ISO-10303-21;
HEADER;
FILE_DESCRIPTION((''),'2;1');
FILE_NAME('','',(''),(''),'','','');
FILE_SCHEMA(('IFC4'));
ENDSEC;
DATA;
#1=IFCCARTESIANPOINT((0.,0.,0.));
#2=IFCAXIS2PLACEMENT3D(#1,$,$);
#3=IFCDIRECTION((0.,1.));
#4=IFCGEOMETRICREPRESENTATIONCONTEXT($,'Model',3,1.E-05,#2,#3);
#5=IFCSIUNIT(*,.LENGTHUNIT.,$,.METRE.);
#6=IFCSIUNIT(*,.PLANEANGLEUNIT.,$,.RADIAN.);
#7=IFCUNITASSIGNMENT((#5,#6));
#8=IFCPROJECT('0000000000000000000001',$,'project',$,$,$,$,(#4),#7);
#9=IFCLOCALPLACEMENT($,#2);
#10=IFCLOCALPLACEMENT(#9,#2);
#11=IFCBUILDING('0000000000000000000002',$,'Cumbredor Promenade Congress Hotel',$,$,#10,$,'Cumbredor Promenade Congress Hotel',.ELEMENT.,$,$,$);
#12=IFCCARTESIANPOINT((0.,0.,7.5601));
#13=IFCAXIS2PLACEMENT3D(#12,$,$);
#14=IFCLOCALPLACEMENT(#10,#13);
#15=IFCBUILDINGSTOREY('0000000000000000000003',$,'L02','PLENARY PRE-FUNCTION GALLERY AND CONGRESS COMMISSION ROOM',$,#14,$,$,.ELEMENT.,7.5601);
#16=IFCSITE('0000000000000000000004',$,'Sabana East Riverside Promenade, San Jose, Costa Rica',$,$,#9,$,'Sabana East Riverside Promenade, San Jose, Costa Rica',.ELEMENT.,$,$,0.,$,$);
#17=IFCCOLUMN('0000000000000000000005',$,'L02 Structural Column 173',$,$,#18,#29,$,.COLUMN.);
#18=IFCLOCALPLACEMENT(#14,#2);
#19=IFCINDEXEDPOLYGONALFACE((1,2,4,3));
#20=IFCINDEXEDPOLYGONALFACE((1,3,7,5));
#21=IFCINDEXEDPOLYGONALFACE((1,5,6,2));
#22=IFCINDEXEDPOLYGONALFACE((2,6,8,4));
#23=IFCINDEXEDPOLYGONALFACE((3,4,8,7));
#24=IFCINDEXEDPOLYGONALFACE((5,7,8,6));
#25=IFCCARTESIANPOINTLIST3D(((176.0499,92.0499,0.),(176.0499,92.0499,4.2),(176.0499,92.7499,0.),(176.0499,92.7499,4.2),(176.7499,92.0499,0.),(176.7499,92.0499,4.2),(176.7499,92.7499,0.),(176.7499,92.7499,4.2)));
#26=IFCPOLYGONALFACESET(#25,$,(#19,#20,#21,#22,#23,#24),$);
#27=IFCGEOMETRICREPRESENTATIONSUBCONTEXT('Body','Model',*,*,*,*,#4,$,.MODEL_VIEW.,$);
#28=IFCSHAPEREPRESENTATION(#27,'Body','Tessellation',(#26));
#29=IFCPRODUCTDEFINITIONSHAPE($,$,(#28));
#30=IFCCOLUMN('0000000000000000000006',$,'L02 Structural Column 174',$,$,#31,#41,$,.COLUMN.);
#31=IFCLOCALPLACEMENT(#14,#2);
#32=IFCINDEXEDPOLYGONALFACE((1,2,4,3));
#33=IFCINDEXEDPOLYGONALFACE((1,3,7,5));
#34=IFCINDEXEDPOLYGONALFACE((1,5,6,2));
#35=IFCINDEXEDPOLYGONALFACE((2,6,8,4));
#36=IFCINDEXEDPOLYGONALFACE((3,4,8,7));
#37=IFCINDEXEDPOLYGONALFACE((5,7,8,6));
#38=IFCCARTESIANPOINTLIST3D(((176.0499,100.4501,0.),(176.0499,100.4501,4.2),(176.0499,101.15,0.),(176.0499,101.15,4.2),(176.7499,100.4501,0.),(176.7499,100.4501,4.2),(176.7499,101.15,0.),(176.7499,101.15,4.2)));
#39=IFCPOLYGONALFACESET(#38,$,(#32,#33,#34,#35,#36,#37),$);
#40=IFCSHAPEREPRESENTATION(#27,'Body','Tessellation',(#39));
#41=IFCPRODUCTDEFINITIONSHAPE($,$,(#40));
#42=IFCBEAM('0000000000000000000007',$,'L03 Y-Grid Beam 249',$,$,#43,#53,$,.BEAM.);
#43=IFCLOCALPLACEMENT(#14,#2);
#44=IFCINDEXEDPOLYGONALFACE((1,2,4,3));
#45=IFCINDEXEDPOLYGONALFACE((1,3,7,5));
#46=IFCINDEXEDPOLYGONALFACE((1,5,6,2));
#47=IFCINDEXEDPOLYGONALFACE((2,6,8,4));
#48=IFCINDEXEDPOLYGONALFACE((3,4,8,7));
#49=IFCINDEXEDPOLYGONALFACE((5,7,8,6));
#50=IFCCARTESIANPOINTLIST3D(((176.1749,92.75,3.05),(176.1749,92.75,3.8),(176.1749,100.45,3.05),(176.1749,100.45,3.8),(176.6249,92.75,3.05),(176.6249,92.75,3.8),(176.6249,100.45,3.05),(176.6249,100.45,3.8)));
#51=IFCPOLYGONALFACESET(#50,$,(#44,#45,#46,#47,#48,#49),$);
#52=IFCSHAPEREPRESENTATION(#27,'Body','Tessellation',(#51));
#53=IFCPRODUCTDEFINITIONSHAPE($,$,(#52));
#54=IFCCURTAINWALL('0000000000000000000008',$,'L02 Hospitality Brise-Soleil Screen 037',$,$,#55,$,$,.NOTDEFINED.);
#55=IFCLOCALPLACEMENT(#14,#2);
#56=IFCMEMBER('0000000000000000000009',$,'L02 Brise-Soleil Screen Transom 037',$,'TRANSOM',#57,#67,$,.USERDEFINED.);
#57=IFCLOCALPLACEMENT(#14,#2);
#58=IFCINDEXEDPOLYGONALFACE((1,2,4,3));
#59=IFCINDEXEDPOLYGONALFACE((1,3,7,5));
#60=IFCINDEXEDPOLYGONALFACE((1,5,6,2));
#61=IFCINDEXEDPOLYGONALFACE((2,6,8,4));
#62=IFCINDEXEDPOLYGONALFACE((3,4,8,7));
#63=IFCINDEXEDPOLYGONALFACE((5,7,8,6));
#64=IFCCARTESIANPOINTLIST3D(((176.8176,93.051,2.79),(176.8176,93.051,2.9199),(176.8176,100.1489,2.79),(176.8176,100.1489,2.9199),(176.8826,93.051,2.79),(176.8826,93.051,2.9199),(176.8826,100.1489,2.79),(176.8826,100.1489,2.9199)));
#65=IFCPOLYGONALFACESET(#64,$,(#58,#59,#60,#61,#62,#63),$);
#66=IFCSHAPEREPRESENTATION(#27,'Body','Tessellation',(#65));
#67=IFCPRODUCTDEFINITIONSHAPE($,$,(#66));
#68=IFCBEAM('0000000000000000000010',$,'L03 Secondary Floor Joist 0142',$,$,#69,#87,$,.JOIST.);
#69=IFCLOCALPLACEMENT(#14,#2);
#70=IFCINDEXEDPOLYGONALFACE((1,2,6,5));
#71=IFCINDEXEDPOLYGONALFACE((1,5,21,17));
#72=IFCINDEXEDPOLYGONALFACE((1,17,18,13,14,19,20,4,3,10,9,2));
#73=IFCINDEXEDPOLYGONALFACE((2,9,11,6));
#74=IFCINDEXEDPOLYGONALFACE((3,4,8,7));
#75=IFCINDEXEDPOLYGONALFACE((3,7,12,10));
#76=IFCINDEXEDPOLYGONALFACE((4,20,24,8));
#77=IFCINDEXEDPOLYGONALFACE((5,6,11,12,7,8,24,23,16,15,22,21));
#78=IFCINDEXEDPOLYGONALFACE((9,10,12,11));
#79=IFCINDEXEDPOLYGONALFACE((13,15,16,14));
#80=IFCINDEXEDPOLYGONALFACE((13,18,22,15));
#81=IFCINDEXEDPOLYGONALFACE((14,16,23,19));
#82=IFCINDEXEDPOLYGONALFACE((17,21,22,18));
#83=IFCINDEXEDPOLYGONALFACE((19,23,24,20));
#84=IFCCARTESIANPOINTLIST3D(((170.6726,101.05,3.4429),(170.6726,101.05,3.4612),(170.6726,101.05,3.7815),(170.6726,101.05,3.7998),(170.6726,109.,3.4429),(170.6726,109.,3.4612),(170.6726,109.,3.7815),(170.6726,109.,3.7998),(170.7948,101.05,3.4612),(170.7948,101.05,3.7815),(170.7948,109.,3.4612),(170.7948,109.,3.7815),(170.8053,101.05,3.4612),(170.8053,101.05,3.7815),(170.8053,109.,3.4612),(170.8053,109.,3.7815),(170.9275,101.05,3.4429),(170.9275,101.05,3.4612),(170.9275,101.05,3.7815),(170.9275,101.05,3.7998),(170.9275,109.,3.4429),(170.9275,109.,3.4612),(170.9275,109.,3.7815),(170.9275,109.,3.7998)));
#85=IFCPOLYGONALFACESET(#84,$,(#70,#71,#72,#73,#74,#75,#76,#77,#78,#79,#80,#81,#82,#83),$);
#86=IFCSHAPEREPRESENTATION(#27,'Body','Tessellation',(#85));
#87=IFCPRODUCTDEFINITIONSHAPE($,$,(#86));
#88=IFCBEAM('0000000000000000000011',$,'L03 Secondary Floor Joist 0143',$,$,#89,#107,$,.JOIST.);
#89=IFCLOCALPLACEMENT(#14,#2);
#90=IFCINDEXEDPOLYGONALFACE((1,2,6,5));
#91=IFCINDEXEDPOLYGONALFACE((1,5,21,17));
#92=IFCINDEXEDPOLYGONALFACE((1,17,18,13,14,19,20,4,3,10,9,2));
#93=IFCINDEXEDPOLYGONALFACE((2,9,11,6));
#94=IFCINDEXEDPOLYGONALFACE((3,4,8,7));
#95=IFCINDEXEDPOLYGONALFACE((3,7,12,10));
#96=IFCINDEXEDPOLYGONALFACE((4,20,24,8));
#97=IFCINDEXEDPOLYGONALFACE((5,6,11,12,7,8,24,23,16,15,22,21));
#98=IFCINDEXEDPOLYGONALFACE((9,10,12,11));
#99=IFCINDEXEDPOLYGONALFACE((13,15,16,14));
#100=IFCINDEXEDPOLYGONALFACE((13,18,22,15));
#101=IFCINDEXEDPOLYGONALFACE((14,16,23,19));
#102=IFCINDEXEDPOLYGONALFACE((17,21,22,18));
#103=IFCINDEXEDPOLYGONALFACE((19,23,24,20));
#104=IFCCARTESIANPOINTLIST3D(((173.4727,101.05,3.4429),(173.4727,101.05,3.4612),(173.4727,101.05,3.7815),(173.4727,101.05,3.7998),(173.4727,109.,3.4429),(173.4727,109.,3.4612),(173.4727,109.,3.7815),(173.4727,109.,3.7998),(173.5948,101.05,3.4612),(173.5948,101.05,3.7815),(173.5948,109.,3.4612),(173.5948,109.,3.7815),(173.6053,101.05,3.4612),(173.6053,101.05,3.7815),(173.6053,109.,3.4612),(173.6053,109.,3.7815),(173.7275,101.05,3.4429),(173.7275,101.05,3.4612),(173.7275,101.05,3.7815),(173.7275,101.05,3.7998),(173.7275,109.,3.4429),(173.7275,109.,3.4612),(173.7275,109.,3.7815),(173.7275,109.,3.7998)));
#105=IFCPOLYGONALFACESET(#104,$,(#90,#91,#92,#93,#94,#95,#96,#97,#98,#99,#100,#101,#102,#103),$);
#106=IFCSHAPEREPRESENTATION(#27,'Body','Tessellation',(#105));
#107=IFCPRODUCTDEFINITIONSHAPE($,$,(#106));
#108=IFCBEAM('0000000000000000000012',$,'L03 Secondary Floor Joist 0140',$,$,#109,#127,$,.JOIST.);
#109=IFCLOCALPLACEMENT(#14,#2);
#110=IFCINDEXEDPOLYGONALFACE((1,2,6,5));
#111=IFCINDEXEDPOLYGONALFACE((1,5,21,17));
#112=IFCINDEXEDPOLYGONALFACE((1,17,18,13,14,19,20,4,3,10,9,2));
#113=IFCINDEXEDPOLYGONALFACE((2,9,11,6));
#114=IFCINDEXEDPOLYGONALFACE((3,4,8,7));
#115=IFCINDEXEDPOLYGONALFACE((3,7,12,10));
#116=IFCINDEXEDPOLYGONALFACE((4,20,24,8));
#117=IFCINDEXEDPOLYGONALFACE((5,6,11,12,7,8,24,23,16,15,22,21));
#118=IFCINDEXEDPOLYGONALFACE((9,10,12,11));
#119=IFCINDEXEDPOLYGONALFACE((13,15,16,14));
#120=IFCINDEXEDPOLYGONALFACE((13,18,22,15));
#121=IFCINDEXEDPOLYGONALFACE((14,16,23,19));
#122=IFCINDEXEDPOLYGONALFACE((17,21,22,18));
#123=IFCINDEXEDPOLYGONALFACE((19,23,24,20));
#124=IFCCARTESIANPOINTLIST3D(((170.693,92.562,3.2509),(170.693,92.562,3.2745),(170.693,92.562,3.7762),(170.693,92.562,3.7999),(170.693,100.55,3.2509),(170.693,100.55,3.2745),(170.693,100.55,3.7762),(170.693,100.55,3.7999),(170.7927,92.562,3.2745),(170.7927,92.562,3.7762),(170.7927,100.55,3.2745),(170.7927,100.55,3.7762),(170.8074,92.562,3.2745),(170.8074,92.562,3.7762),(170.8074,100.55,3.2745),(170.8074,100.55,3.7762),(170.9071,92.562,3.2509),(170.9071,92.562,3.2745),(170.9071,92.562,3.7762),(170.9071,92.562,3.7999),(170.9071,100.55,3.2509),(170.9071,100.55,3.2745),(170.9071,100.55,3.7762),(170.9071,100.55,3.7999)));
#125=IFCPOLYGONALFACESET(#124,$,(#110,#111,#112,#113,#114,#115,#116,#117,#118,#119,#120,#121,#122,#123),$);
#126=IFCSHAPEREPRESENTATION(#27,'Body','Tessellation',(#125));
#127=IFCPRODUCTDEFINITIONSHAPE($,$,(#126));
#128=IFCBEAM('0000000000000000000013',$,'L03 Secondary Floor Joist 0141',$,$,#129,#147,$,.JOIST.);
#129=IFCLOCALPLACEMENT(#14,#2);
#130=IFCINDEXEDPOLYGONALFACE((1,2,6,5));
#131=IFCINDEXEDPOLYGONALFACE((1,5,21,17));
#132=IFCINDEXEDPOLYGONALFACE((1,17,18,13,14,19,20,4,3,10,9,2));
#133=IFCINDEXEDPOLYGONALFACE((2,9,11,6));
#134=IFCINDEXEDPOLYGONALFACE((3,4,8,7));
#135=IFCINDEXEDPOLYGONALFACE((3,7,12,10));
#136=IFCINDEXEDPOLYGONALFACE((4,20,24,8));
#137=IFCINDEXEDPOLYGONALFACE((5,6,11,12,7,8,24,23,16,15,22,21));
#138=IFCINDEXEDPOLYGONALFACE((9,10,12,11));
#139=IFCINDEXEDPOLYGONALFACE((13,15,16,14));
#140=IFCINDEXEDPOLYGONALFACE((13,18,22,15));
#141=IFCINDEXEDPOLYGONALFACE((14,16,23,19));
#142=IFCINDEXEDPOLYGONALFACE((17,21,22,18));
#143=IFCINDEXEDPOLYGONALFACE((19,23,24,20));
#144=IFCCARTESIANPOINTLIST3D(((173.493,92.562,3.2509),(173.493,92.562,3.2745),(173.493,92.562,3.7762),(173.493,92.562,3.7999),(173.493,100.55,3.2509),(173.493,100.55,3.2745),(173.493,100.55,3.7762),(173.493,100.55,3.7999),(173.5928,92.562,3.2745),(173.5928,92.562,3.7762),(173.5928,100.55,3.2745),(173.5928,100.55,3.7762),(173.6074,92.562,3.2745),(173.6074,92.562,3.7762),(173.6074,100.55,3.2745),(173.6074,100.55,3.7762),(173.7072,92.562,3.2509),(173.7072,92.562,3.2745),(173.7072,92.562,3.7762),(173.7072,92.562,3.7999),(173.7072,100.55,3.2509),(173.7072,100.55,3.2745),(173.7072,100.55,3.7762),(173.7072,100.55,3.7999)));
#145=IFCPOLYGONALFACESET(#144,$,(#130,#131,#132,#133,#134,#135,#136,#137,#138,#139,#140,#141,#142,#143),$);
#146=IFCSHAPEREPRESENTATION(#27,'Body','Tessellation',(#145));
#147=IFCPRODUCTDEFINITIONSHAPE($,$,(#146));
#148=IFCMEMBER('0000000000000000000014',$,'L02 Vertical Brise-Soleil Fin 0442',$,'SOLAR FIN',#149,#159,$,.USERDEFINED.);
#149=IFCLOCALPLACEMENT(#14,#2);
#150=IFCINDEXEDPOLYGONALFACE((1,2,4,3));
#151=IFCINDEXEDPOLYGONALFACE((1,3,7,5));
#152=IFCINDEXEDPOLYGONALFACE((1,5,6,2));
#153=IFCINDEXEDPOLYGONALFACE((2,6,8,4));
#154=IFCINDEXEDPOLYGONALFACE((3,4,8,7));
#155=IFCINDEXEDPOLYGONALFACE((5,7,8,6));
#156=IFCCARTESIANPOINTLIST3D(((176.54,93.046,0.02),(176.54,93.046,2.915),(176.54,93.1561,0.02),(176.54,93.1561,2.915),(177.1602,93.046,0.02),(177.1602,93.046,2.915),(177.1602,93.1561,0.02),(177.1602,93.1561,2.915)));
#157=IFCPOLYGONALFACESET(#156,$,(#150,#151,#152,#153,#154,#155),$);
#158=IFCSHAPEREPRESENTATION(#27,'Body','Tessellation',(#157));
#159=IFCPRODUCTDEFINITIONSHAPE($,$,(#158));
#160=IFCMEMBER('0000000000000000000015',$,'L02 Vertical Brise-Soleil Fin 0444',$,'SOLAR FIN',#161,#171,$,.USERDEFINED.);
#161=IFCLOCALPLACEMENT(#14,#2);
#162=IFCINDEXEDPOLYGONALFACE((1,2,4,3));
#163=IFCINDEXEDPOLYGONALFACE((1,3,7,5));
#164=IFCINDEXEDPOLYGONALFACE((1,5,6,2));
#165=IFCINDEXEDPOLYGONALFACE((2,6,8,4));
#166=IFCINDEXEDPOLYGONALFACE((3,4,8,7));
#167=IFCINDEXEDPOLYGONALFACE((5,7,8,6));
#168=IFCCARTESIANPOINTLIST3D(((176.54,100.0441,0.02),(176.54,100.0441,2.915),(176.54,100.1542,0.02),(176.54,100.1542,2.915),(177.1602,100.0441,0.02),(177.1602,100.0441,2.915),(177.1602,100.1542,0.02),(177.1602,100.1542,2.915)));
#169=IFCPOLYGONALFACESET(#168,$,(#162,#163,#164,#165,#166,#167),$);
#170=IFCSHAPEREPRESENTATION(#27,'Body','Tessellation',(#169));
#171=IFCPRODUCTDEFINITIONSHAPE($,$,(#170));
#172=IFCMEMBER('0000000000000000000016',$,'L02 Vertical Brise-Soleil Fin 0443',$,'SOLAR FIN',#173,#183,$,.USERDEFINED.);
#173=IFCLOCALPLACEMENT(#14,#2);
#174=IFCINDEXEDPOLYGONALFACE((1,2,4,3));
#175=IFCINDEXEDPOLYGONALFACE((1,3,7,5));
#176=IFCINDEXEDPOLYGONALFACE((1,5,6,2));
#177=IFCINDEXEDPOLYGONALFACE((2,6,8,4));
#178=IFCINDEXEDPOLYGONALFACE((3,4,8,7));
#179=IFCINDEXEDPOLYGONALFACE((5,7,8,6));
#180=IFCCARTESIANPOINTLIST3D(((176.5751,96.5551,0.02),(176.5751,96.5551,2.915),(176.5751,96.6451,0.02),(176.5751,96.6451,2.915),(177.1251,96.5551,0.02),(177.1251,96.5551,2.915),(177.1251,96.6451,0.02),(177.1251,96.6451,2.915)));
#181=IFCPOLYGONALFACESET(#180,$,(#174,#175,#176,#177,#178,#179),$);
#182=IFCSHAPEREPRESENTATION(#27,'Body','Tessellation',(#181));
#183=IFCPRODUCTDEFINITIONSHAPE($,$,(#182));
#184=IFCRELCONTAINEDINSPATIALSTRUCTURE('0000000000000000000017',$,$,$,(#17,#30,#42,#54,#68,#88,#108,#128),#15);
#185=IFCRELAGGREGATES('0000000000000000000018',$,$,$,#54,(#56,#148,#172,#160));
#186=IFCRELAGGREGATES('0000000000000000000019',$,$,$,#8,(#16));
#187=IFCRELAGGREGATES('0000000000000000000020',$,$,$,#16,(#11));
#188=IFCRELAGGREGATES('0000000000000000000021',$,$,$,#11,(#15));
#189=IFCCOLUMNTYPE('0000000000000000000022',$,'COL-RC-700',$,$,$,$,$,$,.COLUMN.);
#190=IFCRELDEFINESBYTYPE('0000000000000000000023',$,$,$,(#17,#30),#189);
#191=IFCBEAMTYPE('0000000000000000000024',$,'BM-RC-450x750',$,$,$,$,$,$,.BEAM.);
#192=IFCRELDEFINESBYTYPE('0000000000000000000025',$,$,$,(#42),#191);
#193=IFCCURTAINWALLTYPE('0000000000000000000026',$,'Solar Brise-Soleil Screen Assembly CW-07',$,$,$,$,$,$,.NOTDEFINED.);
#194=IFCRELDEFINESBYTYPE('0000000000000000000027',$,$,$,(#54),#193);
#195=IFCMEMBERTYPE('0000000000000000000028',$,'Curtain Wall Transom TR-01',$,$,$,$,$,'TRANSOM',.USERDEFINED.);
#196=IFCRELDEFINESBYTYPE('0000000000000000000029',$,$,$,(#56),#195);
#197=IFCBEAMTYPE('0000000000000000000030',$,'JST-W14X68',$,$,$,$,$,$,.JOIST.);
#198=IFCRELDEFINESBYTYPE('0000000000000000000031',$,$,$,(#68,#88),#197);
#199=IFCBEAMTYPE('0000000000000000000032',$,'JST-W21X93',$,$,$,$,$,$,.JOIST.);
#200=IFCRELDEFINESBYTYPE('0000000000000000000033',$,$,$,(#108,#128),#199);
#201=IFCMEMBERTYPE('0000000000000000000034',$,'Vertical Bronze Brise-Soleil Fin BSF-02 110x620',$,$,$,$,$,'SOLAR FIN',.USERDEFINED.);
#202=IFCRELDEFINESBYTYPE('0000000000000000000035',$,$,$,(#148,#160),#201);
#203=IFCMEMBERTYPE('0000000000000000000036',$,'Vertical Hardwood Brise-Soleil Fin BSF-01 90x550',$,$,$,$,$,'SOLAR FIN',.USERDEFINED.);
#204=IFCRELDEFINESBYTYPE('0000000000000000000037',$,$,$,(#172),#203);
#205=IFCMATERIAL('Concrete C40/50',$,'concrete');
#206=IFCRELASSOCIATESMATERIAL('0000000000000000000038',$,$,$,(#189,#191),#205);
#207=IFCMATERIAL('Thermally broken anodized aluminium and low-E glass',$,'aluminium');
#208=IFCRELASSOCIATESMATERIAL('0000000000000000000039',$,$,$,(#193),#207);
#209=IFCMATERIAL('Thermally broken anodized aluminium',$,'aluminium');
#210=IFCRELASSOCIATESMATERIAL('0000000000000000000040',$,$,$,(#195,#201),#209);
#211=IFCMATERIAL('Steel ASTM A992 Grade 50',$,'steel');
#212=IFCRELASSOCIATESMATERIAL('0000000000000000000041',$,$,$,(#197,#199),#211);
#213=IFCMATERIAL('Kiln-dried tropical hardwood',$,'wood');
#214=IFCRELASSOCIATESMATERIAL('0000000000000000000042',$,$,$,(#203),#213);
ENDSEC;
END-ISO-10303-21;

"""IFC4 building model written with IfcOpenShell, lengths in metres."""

from ifc_helpers import new_model, si_unit, direction, frame, origin, origin_2d, place, context, subcontext, project, spatial, rectangle, i_section, extrude, material, material_profile, profile_set, type_object, element, aggregate, save


model = new_model("IFC4")

# Units and contexts
model_context = context("Model", 3, precision=1e-05, world=origin(), true_north=direction((0.0, 1.0)))
body_context = subcontext(model_context, "Body", "Model", "MODEL_VIEW")
ifc_project = project(units=[si_unit("LENGTHUNIT", "METRE"), si_unit("PLANEANGLEUNIT", "RADIAN")], contexts=[model_context])

# Site, building, storey
site_placement = place(None, origin())
site = spatial("IfcSite", under=ifc_project, at=site_placement, Name="Sabana East Riverside Promenade, San Jose, Costa Rica", LongName="Sabana East Riverside Promenade, San Jose, Costa Rica", CompositionType="ELEMENT", RefElevation=0.0)
building_placement = place(site_placement, origin())
building = spatial("IfcBuilding", under=site, at=building_placement, Name="Cumbredor Promenade Congress Hotel", LongName="Cumbredor Promenade Congress Hotel", CompositionType="ELEMENT")
storey_placement = place(building_placement, frame((0.0, 0.0, 7.5601)))
storey = spatial("IfcBuildingStorey", under=building, at=storey_placement, Name="L02", Description="PLENARY PRE-FUNCTION GALLERY AND CONGRESS COMMISSION ROOM", CompositionType="ELEMENT", Elevation=7.5601)

# Columns
ifc_material_1 = material(Name="Concrete C40/50", Category="concrete")
ifc_material_profile_1 = material_profile(ifc_material_1, rectangle(XDim=0.7, YDim=0.7, at=origin_2d()), Name="RC 700x700")
ifc_profile_set_1 = profile_set([ifc_material_profile_1], Name="Concrete C40/50")
column_type = type_object("IfcColumnType", Name="COL-RC-700", PredefinedType="COLUMN", material=ifc_profile_set_1)
for number, where, z_axis, x_axis, name in (
    (1, (176.3999, 92.3999, 0.0), (0.0, 0.0, 1.0), (1.0, 0.0, 0.0), "L02 Structural Column 173"),
    (2, (176.3999, 100.8, 0.0), (0.0, 0.0, 1.0), (1.0, 0.0, 0.0), "L02 Structural Column 174"),
):
    element("IfcColumn", number, at=place(storey_placement, frame(where, z_axis=z_axis, x_axis=x_axis)), inside=storey, type_object=column_type, Name=name, PredefinedType="COLUMN", context=body_context, shape_type="SweptSolid", body=[
        extrude(rectangle(XDim=0.7, YDim=0.7, at=origin_2d()), origin(), (0.0, 0.0, 1.0), 4.2),
    ])

# Beam
ifc_material_profile_2 = material_profile(ifc_material_1, rectangle(XDim=0.45, YDim=0.75, at=origin_2d()), Name="RC BEAM 450x750")
ifc_profile_set_2 = profile_set([ifc_material_profile_2], Name="Concrete C40/50")
beam_type_1 = type_object("IfcBeamType", Name="BM-RC-450x750", PredefinedType="BEAM", material=ifc_profile_set_2)
beam_placement = place(storey_placement, frame((176.3999, 92.75, 3.425), z_axis=(0.0, 1.0, 0.0), x_axis=(-1.0, 0.0, 0.0)))
element("IfcBeam", 3, at=beam_placement, inside=storey, type_object=beam_type_1, Name="L03 Y-Grid Beam 249", PredefinedType="BEAM", context=body_context, shape_type="SweptSolid", body=[
    extrude(rectangle(XDim=0.45, YDim=0.75, at=origin_2d()), origin(), (0.0, 0.0, 1.0), 7.7),
])

# Curtain wall, member
ifc_material_2 = material(Name="Thermally broken anodized aluminium and low-E glass", Category="aluminium")
curtain_wall_type = type_object("IfcCurtainWallType", Name="Solar Brise-Soleil Screen Assembly CW-07", PredefinedType="NOTDEFINED", material=ifc_material_2)
curtain_wall_placement = place(storey_placement, origin())
curtain_wall = element("IfcCurtainWall", 4, at=curtain_wall_placement, inside=storey, type_object=curtain_wall_type, Name="L02 Hospitality Brise-Soleil Screen 037", PredefinedType="NOTDEFINED")
ifc_material_3 = material(Name="Thermally broken anodized aluminium", Category="aluminium")
ifc_material_profile_3 = material_profile(ifc_material_3, rectangle(XDim=0.0649, YDim=0.1299, at=origin_2d()), Name="ALU TRANSOM 65x130")
ifc_profile_set_3 = profile_set([ifc_material_profile_3], Name="Thermally broken anodized aluminium")
member_type_1 = type_object("IfcMemberType", Name="Curtain Wall Transom TR-01", ElementType="TRANSOM", PredefinedType="USERDEFINED", material=ifc_profile_set_3)
member_1_placement = place(storey_placement, frame((176.8501, 93.051, 2.855), z_axis=(0.0, 1.0, 0.0), x_axis=(-1.0, 0.0, 0.0)))
member_1 = element("IfcMember", 5, at=member_1_placement, type_object=member_type_1, Name="L02 Brise-Soleil Screen Transom 037", ObjectType="TRANSOM", PredefinedType="USERDEFINED", context=body_context, shape_type="SweptSolid", body=[
    extrude(rectangle(XDim=0.0649, YDim=0.1299, at=origin_2d()), origin(), (0.0, 0.0, 1.0), 7.0979),
])

# Beams
ifc_material_4 = material(Name="Steel ASTM A992 Grade 50", Category="steel")
ifc_material_profile_4 = material_profile(ifc_material_4, i_section(OverallWidth=0.2549, OverallDepth=0.3569, WebThickness=0.0105, FlangeThickness=0.0183, at=origin_2d()), Name="W14X68")
ifc_profile_set_4 = profile_set([ifc_material_profile_4], Name="Steel ASTM A992 Grade 50")
beam_type_2 = type_object("IfcBeamType", Name="JST-W14X68", PredefinedType="JOIST", material=ifc_profile_set_4)
for number, where, z_axis, x_axis, name in (
    (6, (170.8, 101.05, 3.6213), (0.0, 1.0, 0.0), (-1.0, 0.0, 0.0), "L03 Secondary Floor Joist 0142"),
    (7, (173.6001, 101.05, 3.6213), (0.0, 1.0, 0.0), (-1.0, 0.0, 0.0), "L03 Secondary Floor Joist 0143"),
):
    element("IfcBeam", number, at=place(storey_placement, frame(where, z_axis=z_axis, x_axis=x_axis)), inside=storey, type_object=beam_type_2, Name=name, PredefinedType="JOIST", context=body_context, shape_type="SweptSolid", body=[
        extrude(i_section(OverallWidth=0.2549, OverallDepth=0.3569, WebThickness=0.0105, FlangeThickness=0.0183, at=origin_2d()), origin(), (0.0, 0.0, 1.0), 7.95),
    ])
ifc_material_profile_5 = material_profile(ifc_material_4, i_section(OverallWidth=0.2141, OverallDepth=0.5491, WebThickness=0.0146, FlangeThickness=0.0237, at=origin_2d()), Name="W21X93")
ifc_profile_set_5 = profile_set([ifc_material_profile_5], Name="Steel ASTM A992 Grade 50")
beam_type_3 = type_object("IfcBeamType", Name="JST-W21X93", PredefinedType="JOIST", material=ifc_profile_set_5)
for number, where, z_axis, x_axis, name in (
    (8, (170.8, 92.562, 3.5254), (0.0, 1.0, 0.0), (-1.0, 0.0, 0.0), "L03 Secondary Floor Joist 0140"),
    (9, (173.6001, 92.562, 3.5254), (0.0, 1.0, 0.0), (-1.0, 0.0, 0.0), "L03 Secondary Floor Joist 0141"),
):
    element("IfcBeam", number, at=place(storey_placement, frame(where, z_axis=z_axis, x_axis=x_axis)), inside=storey, type_object=beam_type_3, Name=name, PredefinedType="JOIST", context=body_context, shape_type="SweptSolid", body=[
        extrude(i_section(OverallWidth=0.2141, OverallDepth=0.5491, WebThickness=0.0146, FlangeThickness=0.0237, at=origin_2d()), origin(), (0.0, 0.0, 1.0), 7.988),
    ])

# Members
ifc_material_profile_6 = material_profile(ifc_material_3, rectangle(XDim=0.1101, YDim=0.6201, at=origin_2d()), Name="ARCH FIN 110x620")
ifc_profile_set_6 = profile_set([ifc_material_profile_6], Name="Thermally broken anodized aluminium")
member_type_2 = type_object("IfcMemberType", Name="Vertical Bronze Brise-Soleil Fin BSF-02 110x620", ElementType="SOLAR FIN", PredefinedType="USERDEFINED", material=ifc_profile_set_6)
member_2_placement = place(storey_placement, frame((176.8501, 93.1011, 0.02), z_axis=(0.0, 0.0, 1.0), x_axis=(0.0, 1.0, 0.0)))
member_2 = element("IfcMember", 10, at=member_2_placement, type_object=member_type_2, Name="L02 Vertical Brise-Soleil Fin 0442", ObjectType="SOLAR FIN", PredefinedType="USERDEFINED", context=body_context, shape_type="SweptSolid", body=[
    extrude(rectangle(XDim=0.1101, YDim=0.6201, at=origin_2d()), origin(), (0.0, 0.0, 1.0), 2.895),
])
member_3_placement = place(storey_placement, frame((176.8501, 100.0991, 0.02), z_axis=(0.0, 0.0, 1.0), x_axis=(0.0, 1.0, 0.0)))
member_3 = element("IfcMember", 11, at=member_3_placement, type_object=member_type_2, Name="L02 Vertical Brise-Soleil Fin 0444", ObjectType="SOLAR FIN", PredefinedType="USERDEFINED", context=body_context, shape_type="SweptSolid", body=[
    extrude(rectangle(XDim=0.1101, YDim=0.6201, at=origin_2d()), origin(), (0.0, 0.0, 1.0), 2.895),
])
ifc_material_5 = material(Name="Kiln-dried tropical hardwood", Category="wood")
ifc_material_profile_7 = material_profile(ifc_material_5, rectangle(XDim=0.0901, YDim=0.55, at=origin_2d()), Name="ARCH FIN 90x550")
ifc_profile_set_7 = profile_set([ifc_material_profile_7], Name="Kiln-dried tropical hardwood")
member_type_3 = type_object("IfcMemberType", Name="Vertical Hardwood Brise-Soleil Fin BSF-01 90x550", ElementType="SOLAR FIN", PredefinedType="USERDEFINED", material=ifc_profile_set_7)
member_4_placement = place(storey_placement, frame((176.8501, 96.6001, 0.02), z_axis=(0.0, 0.0, 1.0), x_axis=(0.0, 1.0, 0.0)))
member_4 = element("IfcMember", 12, at=member_4_placement, type_object=member_type_3, Name="L02 Vertical Brise-Soleil Fin 0443", ObjectType="SOLAR FIN", PredefinedType="USERDEFINED", context=body_context, shape_type="SweptSolid", body=[
    extrude(rectangle(XDim=0.0901, YDim=0.55, at=origin_2d()), origin(), (0.0, 0.0, 1.0), 2.895),
])

aggregate(curtain_wall, [member_1, member_2, member_4, member_3])

save(model, "model.ifc")
